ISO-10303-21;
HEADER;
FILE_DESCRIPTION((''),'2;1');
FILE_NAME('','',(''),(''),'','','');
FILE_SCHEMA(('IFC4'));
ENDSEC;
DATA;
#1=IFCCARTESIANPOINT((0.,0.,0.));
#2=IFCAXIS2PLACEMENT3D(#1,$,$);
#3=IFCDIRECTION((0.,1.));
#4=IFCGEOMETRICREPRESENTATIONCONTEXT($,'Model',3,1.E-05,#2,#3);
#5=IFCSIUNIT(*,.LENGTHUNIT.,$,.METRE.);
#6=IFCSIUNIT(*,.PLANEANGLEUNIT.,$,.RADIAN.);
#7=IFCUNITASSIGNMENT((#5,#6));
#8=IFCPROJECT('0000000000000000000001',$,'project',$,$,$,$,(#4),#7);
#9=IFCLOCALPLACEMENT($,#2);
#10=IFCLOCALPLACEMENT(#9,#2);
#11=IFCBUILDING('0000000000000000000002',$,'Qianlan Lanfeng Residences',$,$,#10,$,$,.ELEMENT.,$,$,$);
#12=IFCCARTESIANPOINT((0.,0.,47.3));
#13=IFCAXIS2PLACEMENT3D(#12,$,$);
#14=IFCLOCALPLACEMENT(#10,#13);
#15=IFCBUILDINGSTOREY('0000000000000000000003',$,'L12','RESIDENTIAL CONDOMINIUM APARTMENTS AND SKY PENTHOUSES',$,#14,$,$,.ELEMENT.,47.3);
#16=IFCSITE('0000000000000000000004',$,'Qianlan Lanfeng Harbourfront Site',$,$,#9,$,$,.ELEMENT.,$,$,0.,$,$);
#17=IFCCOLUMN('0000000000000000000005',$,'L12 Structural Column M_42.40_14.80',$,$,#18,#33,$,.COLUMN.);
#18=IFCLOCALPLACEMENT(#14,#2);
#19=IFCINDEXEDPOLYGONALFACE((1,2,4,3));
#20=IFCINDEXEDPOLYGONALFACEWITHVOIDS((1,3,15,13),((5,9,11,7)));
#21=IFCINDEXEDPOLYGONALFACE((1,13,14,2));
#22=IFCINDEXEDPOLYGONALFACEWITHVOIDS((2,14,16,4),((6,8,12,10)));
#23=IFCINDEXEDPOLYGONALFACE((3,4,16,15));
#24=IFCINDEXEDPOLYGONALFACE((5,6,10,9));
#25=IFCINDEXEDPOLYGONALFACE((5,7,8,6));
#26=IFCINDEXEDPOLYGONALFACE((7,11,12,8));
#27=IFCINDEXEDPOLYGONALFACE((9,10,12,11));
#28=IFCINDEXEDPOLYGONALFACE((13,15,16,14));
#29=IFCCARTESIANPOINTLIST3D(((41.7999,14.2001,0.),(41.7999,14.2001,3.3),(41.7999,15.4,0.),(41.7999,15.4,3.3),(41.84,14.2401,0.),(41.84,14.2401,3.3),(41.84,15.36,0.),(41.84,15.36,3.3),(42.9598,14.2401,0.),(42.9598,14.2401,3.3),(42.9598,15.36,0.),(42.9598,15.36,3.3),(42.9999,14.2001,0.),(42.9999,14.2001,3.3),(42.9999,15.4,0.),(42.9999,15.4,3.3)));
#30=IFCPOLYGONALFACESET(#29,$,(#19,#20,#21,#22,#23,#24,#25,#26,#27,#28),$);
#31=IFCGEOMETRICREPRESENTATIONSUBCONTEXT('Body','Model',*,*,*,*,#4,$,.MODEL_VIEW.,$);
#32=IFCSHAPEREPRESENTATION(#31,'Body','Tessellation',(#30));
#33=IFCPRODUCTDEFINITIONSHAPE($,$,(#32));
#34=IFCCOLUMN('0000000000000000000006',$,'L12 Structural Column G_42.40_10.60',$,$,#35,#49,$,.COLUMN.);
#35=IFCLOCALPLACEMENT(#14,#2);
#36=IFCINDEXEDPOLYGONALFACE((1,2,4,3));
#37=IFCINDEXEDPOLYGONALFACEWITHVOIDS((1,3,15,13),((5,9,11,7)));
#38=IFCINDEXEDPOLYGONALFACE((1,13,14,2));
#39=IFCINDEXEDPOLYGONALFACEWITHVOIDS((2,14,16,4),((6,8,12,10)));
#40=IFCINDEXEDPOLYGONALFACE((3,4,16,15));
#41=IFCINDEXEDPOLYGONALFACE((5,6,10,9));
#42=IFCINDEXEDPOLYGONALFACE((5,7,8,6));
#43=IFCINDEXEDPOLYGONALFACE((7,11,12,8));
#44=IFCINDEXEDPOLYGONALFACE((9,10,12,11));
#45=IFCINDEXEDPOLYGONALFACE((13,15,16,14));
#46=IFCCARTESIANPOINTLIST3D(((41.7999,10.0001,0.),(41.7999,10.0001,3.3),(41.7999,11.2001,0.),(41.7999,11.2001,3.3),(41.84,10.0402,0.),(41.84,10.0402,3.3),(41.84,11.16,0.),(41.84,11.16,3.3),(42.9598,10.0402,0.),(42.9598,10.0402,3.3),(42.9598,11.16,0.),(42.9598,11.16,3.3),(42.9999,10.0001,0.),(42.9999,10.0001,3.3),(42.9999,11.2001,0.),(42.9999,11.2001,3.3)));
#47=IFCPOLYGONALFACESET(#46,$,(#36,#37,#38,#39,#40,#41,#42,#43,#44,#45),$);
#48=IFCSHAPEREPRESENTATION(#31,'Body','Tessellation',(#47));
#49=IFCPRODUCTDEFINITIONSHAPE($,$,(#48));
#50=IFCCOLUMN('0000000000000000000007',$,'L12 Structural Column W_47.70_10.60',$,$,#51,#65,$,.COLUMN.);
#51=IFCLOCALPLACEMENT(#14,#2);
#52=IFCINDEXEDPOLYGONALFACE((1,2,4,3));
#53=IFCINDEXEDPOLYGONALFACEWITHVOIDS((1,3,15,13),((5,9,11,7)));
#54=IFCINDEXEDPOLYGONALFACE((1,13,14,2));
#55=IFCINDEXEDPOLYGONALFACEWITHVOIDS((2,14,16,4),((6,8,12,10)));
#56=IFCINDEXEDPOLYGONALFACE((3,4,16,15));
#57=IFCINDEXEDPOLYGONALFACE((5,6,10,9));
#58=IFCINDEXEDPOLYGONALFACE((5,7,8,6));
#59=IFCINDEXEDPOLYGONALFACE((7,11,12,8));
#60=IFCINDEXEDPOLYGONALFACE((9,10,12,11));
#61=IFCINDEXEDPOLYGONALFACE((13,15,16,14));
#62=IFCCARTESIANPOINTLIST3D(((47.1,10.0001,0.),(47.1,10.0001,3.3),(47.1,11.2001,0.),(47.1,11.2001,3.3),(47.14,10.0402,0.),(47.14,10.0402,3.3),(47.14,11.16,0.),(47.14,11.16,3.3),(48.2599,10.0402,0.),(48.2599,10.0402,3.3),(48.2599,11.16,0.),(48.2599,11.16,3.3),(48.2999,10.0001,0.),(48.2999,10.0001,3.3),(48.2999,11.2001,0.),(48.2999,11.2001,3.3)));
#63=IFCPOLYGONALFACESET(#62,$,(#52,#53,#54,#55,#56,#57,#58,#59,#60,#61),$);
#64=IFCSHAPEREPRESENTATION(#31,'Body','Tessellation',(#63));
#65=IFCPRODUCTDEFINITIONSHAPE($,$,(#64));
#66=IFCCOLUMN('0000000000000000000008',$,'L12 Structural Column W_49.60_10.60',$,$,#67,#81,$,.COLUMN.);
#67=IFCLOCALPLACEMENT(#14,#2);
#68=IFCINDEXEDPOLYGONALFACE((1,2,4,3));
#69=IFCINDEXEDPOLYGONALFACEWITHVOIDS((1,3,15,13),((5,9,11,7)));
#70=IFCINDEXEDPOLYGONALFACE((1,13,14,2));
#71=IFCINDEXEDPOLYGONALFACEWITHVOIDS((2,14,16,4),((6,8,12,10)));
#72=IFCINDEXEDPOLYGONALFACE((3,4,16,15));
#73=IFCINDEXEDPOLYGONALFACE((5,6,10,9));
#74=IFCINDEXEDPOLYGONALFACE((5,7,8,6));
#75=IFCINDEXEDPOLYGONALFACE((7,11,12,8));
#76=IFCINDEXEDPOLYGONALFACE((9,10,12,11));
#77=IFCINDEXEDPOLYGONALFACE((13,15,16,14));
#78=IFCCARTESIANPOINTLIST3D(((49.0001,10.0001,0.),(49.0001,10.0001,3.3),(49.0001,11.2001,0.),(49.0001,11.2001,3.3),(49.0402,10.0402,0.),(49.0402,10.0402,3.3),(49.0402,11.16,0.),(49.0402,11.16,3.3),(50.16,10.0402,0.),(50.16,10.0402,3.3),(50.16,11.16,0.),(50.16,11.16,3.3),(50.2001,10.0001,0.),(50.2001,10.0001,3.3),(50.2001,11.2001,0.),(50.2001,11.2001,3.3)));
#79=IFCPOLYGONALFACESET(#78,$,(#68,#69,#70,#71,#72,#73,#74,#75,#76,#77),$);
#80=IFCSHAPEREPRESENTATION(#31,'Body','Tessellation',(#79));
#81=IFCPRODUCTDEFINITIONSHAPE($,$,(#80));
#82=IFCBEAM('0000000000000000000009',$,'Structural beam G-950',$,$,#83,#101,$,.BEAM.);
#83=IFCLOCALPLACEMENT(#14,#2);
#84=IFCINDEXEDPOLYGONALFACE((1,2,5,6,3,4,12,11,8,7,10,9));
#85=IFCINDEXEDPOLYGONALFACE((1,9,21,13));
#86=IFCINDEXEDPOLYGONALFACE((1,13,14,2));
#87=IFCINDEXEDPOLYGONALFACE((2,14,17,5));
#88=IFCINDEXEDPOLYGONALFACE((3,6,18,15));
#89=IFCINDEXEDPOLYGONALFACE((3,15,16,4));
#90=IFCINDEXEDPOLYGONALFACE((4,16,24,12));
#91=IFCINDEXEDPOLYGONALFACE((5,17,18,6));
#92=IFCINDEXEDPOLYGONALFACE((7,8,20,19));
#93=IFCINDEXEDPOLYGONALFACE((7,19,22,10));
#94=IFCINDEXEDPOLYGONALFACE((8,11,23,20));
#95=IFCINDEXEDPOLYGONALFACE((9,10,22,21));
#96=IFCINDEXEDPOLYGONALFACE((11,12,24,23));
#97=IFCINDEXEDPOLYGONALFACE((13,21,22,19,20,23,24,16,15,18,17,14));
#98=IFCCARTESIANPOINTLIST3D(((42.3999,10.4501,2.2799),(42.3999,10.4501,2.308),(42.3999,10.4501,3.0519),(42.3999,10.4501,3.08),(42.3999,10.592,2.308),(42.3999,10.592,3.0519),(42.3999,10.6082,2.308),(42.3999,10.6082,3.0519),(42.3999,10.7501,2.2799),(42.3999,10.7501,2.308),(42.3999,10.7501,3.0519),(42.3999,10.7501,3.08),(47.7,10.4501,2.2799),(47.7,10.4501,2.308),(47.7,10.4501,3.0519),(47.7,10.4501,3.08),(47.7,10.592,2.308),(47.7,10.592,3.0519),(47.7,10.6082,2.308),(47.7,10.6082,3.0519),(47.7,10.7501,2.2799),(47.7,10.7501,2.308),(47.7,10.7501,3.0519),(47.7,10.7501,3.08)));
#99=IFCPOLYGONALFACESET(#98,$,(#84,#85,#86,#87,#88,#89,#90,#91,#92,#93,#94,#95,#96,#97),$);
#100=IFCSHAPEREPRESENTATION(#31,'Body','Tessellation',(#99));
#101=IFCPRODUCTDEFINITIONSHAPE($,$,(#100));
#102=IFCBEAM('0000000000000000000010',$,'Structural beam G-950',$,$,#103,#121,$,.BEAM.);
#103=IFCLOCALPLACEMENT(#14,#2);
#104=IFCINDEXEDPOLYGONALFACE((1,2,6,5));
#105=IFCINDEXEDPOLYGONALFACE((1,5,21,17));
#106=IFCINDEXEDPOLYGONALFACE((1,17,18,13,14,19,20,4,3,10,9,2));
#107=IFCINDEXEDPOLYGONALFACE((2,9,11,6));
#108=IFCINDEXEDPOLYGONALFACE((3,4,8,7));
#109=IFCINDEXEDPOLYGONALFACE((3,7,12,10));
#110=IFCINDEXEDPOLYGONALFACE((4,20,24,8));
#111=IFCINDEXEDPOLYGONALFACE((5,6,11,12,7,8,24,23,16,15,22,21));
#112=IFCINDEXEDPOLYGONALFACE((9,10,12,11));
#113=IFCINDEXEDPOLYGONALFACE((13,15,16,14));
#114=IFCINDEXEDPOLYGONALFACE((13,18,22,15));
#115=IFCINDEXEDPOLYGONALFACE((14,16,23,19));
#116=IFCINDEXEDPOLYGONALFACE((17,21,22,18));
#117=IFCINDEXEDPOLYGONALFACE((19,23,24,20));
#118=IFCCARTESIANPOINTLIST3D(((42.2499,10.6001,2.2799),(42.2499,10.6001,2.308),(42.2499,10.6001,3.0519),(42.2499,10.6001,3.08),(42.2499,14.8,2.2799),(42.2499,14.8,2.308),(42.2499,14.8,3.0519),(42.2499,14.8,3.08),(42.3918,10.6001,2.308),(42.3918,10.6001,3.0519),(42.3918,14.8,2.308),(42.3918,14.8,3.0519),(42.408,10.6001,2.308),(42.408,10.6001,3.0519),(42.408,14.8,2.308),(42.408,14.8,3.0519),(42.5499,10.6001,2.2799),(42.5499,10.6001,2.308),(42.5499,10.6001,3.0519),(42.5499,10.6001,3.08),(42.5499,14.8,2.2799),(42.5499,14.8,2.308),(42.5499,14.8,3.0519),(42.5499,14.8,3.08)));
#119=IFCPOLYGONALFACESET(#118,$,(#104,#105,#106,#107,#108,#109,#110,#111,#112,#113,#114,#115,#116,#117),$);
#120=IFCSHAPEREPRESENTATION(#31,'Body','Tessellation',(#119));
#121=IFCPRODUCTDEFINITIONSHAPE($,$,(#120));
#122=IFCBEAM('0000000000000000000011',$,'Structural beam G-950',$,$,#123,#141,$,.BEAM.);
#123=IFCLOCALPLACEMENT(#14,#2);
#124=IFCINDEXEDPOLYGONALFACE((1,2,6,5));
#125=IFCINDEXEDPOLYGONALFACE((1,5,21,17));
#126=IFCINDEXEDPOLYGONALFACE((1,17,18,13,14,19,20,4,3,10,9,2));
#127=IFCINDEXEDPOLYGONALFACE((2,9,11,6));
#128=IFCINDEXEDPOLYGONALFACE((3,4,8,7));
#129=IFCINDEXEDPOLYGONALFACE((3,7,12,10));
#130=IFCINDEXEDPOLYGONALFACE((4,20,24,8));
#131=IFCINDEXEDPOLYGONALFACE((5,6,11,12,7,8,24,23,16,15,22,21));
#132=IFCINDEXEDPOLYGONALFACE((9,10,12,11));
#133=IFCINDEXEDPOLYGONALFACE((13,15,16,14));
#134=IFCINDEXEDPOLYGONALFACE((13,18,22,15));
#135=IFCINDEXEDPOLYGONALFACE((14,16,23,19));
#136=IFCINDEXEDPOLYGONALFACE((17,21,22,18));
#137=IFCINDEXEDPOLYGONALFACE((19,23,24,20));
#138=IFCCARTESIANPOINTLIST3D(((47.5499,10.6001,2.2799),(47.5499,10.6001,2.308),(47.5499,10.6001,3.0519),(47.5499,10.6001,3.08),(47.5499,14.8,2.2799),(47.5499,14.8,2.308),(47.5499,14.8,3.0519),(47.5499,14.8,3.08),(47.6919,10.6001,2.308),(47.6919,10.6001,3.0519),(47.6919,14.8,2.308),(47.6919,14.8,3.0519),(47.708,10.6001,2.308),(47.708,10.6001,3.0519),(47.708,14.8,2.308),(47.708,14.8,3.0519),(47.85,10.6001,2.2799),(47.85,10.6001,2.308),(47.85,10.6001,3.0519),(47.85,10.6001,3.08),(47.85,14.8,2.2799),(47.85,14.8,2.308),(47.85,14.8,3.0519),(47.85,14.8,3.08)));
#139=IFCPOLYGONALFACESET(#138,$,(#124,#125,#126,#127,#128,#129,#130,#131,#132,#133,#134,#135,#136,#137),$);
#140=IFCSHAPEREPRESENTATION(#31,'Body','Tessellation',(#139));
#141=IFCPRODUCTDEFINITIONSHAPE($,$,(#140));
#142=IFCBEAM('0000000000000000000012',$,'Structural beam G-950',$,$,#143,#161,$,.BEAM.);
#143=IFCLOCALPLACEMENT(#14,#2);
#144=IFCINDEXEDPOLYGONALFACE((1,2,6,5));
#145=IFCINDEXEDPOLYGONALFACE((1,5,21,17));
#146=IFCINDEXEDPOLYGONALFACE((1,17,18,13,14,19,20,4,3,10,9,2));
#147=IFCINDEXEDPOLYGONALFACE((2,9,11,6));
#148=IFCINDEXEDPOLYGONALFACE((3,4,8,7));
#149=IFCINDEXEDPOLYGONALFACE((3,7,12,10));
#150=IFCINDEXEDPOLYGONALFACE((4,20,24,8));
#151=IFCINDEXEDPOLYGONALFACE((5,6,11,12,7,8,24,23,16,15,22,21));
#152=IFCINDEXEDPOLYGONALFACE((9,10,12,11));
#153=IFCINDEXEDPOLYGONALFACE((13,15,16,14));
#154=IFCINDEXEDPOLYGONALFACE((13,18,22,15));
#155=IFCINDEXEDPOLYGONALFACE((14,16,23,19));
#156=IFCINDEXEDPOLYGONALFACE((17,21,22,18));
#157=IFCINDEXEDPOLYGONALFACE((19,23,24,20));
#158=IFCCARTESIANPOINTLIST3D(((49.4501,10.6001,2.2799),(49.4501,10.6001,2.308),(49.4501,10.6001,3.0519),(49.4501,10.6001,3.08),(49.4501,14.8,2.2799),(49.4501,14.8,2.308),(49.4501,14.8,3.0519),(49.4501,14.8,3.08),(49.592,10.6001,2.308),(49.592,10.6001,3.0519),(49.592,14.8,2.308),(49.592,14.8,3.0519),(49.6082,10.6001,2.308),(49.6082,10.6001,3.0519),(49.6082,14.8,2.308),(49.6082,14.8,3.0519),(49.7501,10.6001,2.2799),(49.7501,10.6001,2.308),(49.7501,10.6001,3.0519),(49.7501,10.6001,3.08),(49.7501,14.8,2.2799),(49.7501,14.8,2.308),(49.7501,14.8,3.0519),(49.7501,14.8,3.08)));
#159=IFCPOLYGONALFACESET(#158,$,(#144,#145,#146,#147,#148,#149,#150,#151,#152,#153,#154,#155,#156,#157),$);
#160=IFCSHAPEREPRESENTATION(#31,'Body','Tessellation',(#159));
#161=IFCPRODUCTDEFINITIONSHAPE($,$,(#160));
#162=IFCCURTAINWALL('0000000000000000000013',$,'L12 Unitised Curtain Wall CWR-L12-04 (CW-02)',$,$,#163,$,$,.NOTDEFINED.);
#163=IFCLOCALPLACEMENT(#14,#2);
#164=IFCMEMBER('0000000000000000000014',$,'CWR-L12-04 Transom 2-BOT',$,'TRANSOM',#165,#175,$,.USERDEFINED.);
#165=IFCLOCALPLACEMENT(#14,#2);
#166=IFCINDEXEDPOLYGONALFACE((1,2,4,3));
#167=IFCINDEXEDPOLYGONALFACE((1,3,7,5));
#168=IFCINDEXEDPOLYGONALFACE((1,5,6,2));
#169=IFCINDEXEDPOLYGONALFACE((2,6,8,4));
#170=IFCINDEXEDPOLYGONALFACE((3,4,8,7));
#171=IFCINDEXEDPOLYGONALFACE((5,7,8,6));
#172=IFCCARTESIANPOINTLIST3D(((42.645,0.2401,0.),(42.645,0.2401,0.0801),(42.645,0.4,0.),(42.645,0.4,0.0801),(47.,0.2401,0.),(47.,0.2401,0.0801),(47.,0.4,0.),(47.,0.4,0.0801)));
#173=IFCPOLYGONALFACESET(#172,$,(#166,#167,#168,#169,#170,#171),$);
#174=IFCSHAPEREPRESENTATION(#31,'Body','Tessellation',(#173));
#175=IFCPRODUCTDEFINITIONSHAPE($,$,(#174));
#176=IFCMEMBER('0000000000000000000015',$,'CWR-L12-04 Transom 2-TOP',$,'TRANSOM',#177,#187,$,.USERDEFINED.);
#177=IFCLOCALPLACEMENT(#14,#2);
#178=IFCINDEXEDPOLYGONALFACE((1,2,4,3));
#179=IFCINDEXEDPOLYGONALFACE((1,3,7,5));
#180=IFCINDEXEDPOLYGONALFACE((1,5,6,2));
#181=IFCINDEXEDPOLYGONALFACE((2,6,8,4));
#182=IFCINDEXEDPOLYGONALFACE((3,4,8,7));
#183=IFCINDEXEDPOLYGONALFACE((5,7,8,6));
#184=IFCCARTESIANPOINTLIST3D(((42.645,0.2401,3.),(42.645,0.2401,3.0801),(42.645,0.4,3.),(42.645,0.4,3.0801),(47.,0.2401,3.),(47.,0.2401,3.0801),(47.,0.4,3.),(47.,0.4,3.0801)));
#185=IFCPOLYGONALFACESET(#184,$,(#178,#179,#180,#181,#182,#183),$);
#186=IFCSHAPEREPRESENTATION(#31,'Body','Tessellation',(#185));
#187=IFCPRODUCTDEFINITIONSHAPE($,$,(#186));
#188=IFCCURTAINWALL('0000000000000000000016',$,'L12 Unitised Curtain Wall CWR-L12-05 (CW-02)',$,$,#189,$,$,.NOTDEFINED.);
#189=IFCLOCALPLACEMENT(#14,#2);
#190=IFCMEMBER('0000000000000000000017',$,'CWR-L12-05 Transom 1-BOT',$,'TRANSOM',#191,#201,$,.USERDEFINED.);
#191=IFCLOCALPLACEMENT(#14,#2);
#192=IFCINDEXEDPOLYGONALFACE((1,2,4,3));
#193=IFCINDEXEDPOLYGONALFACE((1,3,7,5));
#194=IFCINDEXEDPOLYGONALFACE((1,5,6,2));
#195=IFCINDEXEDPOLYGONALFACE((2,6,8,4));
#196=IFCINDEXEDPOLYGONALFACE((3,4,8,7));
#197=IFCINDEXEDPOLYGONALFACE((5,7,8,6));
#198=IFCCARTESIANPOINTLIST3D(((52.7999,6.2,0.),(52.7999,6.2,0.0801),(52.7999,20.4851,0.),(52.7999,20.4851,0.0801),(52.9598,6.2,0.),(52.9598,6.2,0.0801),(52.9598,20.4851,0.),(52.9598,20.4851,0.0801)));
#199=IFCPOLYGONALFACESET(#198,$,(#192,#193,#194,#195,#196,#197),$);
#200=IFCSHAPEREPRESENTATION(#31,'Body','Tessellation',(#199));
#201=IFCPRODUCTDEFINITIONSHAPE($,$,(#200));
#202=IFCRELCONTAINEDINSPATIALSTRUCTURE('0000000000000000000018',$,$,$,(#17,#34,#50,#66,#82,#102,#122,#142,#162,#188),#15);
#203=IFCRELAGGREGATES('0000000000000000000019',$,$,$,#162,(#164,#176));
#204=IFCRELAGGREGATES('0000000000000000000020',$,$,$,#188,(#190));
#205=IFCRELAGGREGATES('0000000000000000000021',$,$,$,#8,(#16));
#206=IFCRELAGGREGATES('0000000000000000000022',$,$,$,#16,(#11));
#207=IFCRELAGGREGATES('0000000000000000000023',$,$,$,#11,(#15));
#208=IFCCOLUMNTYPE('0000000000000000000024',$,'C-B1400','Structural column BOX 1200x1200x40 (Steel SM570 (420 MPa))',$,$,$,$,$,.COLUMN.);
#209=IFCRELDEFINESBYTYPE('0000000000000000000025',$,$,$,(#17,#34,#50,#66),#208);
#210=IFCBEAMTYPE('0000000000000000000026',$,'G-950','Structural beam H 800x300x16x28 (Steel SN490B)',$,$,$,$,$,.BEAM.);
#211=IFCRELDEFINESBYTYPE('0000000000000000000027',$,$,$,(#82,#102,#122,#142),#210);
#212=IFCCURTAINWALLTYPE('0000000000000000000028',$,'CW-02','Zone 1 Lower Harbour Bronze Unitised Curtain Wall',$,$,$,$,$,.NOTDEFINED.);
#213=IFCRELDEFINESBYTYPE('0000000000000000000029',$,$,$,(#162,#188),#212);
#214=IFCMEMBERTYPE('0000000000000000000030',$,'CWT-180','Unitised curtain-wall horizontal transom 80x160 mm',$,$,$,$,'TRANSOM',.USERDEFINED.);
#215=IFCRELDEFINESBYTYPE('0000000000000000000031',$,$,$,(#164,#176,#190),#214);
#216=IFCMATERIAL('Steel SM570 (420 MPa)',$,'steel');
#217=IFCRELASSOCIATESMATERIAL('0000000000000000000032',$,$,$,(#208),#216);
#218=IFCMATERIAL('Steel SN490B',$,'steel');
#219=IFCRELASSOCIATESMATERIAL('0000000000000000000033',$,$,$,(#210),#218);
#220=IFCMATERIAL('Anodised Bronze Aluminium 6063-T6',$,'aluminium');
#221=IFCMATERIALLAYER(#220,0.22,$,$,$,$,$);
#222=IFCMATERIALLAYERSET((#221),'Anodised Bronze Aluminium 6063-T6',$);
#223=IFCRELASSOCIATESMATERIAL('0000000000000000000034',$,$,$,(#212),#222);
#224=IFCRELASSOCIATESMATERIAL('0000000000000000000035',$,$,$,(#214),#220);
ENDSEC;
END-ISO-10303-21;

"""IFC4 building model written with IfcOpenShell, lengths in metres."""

from ifc_helpers import new_model, si_unit, direction, frame, origin, origin_2d, place, context, subcontext, project, spatial, rectangle, hollow_rectangle, i_section, extrude, source, transform, mapped, material, layer, layer_set, material_profile, profile_set, type_object, element, aggregate, save


model = new_model("IFC4")

# Units and contexts
model_context = context("Model", 3, precision=1e-05, world=origin(), true_north=direction((0.0, 1.0)))
body_context = subcontext(model_context, "Body", "Model", "MODEL_VIEW")
ifc_project = project(units=[si_unit("LENGTHUNIT", "METRE"), si_unit("PLANEANGLEUNIT", "RADIAN")], contexts=[model_context])

# Site, building, storey
site_placement = place(None, origin())
site = spatial("IfcSite", under=ifc_project, at=site_placement, Name="Qianlan Lanfeng Harbourfront Site", CompositionType="ELEMENT", RefElevation=0.0)
building_placement = place(site_placement, origin())
building = spatial("IfcBuilding", under=site, at=building_placement, Name="Qianlan Lanfeng Residences", CompositionType="ELEMENT")
storey_placement = place(building_placement, frame((0.0, 0.0, 47.3)))
storey = spatial("IfcBuildingStorey", under=building, at=storey_placement, Name="L12", Description="RESIDENTIAL CONDOMINIUM APARTMENTS AND SKY PENTHOUSES", CompositionType="ELEMENT", Elevation=47.3)

# Columns
ifc_material_1 = material(Name="Steel SM570 (420 MPa)", Category="steel")
ifc_material_profile_1 = material_profile(ifc_material_1, hollow_rectangle(XDim=1.2, YDim=1.2, WallThickness=0.04, at=origin_2d()), Name="BOX 1200x1200x40")
ifc_profile_set_1 = profile_set([ifc_material_profile_1], Name="Steel SM570 (420 MPa)")
column_type = type_object("IfcColumnType", Name="C-B1400", Description="Structural column BOX 1200x1200x40 (Steel SM570 (420 MPa))", PredefinedType="COLUMN", material=ifc_profile_set_1)
for number, where, z_axis, x_axis, name in (
    (1, (42.3999, 14.8, 0.0), (0.0, 0.0, 1.0), (1.0, 0.0, 0.0), "L12 Structural Column M_42.40_14.80"),
    (2, (42.3999, 10.6001, 0.0), (0.0, 0.0, 1.0), (1.0, 0.0, 0.0), "L12 Structural Column G_42.40_10.60"),
    (3, (47.7, 10.6001, 0.0), (0.0, 0.0, 1.0), (1.0, 0.0, 0.0), "L12 Structural Column W_47.70_10.60"),
    (4, (49.6001, 10.6001, 0.0), (0.0, 0.0, 1.0), (1.0, 0.0, 0.0), "L12 Structural Column W_49.60_10.60"),
):
    element("IfcColumn", number, at=place(storey_placement, frame(where, z_axis=z_axis, x_axis=x_axis)), inside=storey, type_object=column_type, Name=name, PredefinedType="COLUMN", context=body_context, shape_type="SweptSolid", body=[
        extrude(hollow_rectangle(XDim=1.2, YDim=1.2, WallThickness=0.04, at=origin_2d()), origin(), (0.0, 0.0, 1.0), 3.3),
    ])

# Beams
ifc_material_2 = material(Name="Steel SN490B", Category="steel")
ifc_material_profile_2 = material_profile(ifc_material_2, i_section(OverallWidth=0.3, OverallDepth=0.8, WebThickness=0.0161, FlangeThickness=0.0281, at=origin_2d()), Name="H 800x300x16x28")
ifc_profile_set_2 = profile_set([ifc_material_profile_2], Name="Steel SN490B")
beam_type = type_object("IfcBeamType", Name="G-950", Description="Structural beam H 800x300x16x28 (Steel SN490B)", PredefinedType="BEAM", material=ifc_profile_set_2)
beam_placement = place(storey_placement, frame((42.3999, 10.6001, 2.6799), z_axis=(1.0, 0.0, 0.0), x_axis=(0.0, 1.0, 0.0)))
element("IfcBeam", 5, at=beam_placement, inside=storey, type_object=beam_type, Name="Structural beam G-950", PredefinedType="BEAM", context=body_context, shape_type="SweptSolid", body=[
    extrude(i_section(OverallWidth=0.3, OverallDepth=0.8, WebThickness=0.0161, FlangeThickness=0.0281, at=origin_2d()), origin(), (0.0, 0.0, 1.0), 5.3),
])
for number, where, z_axis, x_axis, name in (
    (6, (42.3999, 10.6001, 2.6799), (0.0, 1.0, 0.0), (-1.0, 0.0, 0.0), "Structural beam G-950"),
    (7, (47.7, 10.6001, 2.6799), (0.0, 1.0, 0.0), (-1.0, 0.0, 0.0), "Structural beam G-950"),
    (8, (49.6001, 10.6001, 2.6799), (0.0, 1.0, 0.0), (-1.0, 0.0, 0.0), "Structural beam G-950"),
):
    element("IfcBeam", number, at=place(storey_placement, frame(where, z_axis=z_axis, x_axis=x_axis)), inside=storey, type_object=beam_type, Name=name, PredefinedType="BEAM", context=body_context, shape_type="SweptSolid", body=[
        extrude(i_section(OverallWidth=0.3, OverallDepth=0.8, WebThickness=0.0161, FlangeThickness=0.0281, at=origin_2d()), origin(), (0.0, 0.0, 1.0), 4.2),
    ])

# Curtain walls, members
ifc_material_3 = material(Name="Anodised Bronze Aluminium 6063-T6", Category="aluminium")
ifc_layer_1 = layer(ifc_material_3, 0.22)
ifc_layer_set_1 = layer_set([ifc_layer_1], Name="Anodised Bronze Aluminium 6063-T6")
curtain_wall_type = type_object("IfcCurtainWallType", Name="CW-02", Description="Zone 1 Lower Harbour Bronze Unitised Curtain Wall", PredefinedType="NOTDEFINED", material=ifc_layer_set_1)
curtain_wall_1_placement = place(storey_placement, origin())
curtain_wall_1 = element("IfcCurtainWall", 9, at=curtain_wall_1_placement, inside=storey, type_object=curtain_wall_type, Name="L12 Unitised Curtain Wall CWR-L12-04 (CW-02)", PredefinedType="NOTDEFINED")
ifc_material_profile_3 = material_profile(ifc_material_3, rectangle(XDim=0.0801, YDim=0.1599, at=origin_2d()), Name="ALU TRANSOM 80x160")
ifc_profile_set_3 = profile_set([ifc_material_profile_3], Name="Anodised Bronze Aluminium 6063-T6")
member_type_1 = type_object("IfcMemberType", Name="CWT-180", Description="Unitised curtain-wall horizontal transom 80x160 mm", ElementType="TRANSOM", PredefinedType="USERDEFINED", material=ifc_profile_set_3)
shared_shape_1 = source(origin(), body_context, "Body", "SweptSolid", [
    extrude(rectangle(XDim=0.0801, YDim=0.1599, at=origin_2d()), origin(), (0.0, 0.0, 1.0), 4.355),
])
member_1_placement = place(storey_placement, frame((42.645, 0.3201, 0.04), z_axis=(1.0, 0.0, 0.0), x_axis=(0.0, 0.0, 1.0)))
member_1 = element("IfcMember", 10, at=member_1_placement, type_object=member_type_1, Name="CWR-L12-04 Transom 2-BOT", ObjectType="TRANSOM", PredefinedType="USERDEFINED", context=body_context, shape_type="MappedRepresentation", body=[
    mapped(shared_shape_1, transform((0.0, 0.0, 0.0), scale=1.0)),
])
member_2_placement = place(storey_placement, frame((42.645, 0.3201, 3.04), z_axis=(1.0, 0.0, 0.0), x_axis=(0.0, 0.0, 1.0)))
member_2 = element("IfcMember", 11, at=member_2_placement, type_object=member_type_1, Name="CWR-L12-04 Transom 2-TOP", ObjectType="TRANSOM", PredefinedType="USERDEFINED", context=body_context, shape_type="MappedRepresentation", body=[
    mapped(shared_shape_1, transform((0.0, 0.0, 0.0), scale=1.0)),
])
curtain_wall_2_placement = place(storey_placement, origin())
curtain_wall_2 = element("IfcCurtainWall", 12, at=curtain_wall_2_placement, inside=storey, type_object=curtain_wall_type, Name="L12 Unitised Curtain Wall CWR-L12-05 (CW-02)", PredefinedType="NOTDEFINED")
shared_shape_2 = source(origin(), body_context, "Body", "SweptSolid", [
    extrude(rectangle(XDim=0.0801, YDim=0.1599, at=origin_2d()), origin(), (0.0, 0.0, 1.0), 14.2852),
])
member_3_placement = place(storey_placement, frame((52.8799, 6.2, 0.04), z_axis=(0.0, 1.0, 0.0), x_axis=(0.0, 0.0, 1.0)))
member_3 = element("IfcMember", 13, at=member_3_placement, type_object=member_type_1, Name="CWR-L12-05 Transom 1-BOT", ObjectType="TRANSOM", PredefinedType="USERDEFINED", context=body_context, shape_type="MappedRepresentation", body=[
    mapped(shared_shape_2, transform((0.0, 0.0, 0.0), scale=1.0)),
])

aggregate(curtain_wall_1, [member_1, member_2])
aggregate(curtain_wall_2, [member_3])

save(model, "model.ifc")
